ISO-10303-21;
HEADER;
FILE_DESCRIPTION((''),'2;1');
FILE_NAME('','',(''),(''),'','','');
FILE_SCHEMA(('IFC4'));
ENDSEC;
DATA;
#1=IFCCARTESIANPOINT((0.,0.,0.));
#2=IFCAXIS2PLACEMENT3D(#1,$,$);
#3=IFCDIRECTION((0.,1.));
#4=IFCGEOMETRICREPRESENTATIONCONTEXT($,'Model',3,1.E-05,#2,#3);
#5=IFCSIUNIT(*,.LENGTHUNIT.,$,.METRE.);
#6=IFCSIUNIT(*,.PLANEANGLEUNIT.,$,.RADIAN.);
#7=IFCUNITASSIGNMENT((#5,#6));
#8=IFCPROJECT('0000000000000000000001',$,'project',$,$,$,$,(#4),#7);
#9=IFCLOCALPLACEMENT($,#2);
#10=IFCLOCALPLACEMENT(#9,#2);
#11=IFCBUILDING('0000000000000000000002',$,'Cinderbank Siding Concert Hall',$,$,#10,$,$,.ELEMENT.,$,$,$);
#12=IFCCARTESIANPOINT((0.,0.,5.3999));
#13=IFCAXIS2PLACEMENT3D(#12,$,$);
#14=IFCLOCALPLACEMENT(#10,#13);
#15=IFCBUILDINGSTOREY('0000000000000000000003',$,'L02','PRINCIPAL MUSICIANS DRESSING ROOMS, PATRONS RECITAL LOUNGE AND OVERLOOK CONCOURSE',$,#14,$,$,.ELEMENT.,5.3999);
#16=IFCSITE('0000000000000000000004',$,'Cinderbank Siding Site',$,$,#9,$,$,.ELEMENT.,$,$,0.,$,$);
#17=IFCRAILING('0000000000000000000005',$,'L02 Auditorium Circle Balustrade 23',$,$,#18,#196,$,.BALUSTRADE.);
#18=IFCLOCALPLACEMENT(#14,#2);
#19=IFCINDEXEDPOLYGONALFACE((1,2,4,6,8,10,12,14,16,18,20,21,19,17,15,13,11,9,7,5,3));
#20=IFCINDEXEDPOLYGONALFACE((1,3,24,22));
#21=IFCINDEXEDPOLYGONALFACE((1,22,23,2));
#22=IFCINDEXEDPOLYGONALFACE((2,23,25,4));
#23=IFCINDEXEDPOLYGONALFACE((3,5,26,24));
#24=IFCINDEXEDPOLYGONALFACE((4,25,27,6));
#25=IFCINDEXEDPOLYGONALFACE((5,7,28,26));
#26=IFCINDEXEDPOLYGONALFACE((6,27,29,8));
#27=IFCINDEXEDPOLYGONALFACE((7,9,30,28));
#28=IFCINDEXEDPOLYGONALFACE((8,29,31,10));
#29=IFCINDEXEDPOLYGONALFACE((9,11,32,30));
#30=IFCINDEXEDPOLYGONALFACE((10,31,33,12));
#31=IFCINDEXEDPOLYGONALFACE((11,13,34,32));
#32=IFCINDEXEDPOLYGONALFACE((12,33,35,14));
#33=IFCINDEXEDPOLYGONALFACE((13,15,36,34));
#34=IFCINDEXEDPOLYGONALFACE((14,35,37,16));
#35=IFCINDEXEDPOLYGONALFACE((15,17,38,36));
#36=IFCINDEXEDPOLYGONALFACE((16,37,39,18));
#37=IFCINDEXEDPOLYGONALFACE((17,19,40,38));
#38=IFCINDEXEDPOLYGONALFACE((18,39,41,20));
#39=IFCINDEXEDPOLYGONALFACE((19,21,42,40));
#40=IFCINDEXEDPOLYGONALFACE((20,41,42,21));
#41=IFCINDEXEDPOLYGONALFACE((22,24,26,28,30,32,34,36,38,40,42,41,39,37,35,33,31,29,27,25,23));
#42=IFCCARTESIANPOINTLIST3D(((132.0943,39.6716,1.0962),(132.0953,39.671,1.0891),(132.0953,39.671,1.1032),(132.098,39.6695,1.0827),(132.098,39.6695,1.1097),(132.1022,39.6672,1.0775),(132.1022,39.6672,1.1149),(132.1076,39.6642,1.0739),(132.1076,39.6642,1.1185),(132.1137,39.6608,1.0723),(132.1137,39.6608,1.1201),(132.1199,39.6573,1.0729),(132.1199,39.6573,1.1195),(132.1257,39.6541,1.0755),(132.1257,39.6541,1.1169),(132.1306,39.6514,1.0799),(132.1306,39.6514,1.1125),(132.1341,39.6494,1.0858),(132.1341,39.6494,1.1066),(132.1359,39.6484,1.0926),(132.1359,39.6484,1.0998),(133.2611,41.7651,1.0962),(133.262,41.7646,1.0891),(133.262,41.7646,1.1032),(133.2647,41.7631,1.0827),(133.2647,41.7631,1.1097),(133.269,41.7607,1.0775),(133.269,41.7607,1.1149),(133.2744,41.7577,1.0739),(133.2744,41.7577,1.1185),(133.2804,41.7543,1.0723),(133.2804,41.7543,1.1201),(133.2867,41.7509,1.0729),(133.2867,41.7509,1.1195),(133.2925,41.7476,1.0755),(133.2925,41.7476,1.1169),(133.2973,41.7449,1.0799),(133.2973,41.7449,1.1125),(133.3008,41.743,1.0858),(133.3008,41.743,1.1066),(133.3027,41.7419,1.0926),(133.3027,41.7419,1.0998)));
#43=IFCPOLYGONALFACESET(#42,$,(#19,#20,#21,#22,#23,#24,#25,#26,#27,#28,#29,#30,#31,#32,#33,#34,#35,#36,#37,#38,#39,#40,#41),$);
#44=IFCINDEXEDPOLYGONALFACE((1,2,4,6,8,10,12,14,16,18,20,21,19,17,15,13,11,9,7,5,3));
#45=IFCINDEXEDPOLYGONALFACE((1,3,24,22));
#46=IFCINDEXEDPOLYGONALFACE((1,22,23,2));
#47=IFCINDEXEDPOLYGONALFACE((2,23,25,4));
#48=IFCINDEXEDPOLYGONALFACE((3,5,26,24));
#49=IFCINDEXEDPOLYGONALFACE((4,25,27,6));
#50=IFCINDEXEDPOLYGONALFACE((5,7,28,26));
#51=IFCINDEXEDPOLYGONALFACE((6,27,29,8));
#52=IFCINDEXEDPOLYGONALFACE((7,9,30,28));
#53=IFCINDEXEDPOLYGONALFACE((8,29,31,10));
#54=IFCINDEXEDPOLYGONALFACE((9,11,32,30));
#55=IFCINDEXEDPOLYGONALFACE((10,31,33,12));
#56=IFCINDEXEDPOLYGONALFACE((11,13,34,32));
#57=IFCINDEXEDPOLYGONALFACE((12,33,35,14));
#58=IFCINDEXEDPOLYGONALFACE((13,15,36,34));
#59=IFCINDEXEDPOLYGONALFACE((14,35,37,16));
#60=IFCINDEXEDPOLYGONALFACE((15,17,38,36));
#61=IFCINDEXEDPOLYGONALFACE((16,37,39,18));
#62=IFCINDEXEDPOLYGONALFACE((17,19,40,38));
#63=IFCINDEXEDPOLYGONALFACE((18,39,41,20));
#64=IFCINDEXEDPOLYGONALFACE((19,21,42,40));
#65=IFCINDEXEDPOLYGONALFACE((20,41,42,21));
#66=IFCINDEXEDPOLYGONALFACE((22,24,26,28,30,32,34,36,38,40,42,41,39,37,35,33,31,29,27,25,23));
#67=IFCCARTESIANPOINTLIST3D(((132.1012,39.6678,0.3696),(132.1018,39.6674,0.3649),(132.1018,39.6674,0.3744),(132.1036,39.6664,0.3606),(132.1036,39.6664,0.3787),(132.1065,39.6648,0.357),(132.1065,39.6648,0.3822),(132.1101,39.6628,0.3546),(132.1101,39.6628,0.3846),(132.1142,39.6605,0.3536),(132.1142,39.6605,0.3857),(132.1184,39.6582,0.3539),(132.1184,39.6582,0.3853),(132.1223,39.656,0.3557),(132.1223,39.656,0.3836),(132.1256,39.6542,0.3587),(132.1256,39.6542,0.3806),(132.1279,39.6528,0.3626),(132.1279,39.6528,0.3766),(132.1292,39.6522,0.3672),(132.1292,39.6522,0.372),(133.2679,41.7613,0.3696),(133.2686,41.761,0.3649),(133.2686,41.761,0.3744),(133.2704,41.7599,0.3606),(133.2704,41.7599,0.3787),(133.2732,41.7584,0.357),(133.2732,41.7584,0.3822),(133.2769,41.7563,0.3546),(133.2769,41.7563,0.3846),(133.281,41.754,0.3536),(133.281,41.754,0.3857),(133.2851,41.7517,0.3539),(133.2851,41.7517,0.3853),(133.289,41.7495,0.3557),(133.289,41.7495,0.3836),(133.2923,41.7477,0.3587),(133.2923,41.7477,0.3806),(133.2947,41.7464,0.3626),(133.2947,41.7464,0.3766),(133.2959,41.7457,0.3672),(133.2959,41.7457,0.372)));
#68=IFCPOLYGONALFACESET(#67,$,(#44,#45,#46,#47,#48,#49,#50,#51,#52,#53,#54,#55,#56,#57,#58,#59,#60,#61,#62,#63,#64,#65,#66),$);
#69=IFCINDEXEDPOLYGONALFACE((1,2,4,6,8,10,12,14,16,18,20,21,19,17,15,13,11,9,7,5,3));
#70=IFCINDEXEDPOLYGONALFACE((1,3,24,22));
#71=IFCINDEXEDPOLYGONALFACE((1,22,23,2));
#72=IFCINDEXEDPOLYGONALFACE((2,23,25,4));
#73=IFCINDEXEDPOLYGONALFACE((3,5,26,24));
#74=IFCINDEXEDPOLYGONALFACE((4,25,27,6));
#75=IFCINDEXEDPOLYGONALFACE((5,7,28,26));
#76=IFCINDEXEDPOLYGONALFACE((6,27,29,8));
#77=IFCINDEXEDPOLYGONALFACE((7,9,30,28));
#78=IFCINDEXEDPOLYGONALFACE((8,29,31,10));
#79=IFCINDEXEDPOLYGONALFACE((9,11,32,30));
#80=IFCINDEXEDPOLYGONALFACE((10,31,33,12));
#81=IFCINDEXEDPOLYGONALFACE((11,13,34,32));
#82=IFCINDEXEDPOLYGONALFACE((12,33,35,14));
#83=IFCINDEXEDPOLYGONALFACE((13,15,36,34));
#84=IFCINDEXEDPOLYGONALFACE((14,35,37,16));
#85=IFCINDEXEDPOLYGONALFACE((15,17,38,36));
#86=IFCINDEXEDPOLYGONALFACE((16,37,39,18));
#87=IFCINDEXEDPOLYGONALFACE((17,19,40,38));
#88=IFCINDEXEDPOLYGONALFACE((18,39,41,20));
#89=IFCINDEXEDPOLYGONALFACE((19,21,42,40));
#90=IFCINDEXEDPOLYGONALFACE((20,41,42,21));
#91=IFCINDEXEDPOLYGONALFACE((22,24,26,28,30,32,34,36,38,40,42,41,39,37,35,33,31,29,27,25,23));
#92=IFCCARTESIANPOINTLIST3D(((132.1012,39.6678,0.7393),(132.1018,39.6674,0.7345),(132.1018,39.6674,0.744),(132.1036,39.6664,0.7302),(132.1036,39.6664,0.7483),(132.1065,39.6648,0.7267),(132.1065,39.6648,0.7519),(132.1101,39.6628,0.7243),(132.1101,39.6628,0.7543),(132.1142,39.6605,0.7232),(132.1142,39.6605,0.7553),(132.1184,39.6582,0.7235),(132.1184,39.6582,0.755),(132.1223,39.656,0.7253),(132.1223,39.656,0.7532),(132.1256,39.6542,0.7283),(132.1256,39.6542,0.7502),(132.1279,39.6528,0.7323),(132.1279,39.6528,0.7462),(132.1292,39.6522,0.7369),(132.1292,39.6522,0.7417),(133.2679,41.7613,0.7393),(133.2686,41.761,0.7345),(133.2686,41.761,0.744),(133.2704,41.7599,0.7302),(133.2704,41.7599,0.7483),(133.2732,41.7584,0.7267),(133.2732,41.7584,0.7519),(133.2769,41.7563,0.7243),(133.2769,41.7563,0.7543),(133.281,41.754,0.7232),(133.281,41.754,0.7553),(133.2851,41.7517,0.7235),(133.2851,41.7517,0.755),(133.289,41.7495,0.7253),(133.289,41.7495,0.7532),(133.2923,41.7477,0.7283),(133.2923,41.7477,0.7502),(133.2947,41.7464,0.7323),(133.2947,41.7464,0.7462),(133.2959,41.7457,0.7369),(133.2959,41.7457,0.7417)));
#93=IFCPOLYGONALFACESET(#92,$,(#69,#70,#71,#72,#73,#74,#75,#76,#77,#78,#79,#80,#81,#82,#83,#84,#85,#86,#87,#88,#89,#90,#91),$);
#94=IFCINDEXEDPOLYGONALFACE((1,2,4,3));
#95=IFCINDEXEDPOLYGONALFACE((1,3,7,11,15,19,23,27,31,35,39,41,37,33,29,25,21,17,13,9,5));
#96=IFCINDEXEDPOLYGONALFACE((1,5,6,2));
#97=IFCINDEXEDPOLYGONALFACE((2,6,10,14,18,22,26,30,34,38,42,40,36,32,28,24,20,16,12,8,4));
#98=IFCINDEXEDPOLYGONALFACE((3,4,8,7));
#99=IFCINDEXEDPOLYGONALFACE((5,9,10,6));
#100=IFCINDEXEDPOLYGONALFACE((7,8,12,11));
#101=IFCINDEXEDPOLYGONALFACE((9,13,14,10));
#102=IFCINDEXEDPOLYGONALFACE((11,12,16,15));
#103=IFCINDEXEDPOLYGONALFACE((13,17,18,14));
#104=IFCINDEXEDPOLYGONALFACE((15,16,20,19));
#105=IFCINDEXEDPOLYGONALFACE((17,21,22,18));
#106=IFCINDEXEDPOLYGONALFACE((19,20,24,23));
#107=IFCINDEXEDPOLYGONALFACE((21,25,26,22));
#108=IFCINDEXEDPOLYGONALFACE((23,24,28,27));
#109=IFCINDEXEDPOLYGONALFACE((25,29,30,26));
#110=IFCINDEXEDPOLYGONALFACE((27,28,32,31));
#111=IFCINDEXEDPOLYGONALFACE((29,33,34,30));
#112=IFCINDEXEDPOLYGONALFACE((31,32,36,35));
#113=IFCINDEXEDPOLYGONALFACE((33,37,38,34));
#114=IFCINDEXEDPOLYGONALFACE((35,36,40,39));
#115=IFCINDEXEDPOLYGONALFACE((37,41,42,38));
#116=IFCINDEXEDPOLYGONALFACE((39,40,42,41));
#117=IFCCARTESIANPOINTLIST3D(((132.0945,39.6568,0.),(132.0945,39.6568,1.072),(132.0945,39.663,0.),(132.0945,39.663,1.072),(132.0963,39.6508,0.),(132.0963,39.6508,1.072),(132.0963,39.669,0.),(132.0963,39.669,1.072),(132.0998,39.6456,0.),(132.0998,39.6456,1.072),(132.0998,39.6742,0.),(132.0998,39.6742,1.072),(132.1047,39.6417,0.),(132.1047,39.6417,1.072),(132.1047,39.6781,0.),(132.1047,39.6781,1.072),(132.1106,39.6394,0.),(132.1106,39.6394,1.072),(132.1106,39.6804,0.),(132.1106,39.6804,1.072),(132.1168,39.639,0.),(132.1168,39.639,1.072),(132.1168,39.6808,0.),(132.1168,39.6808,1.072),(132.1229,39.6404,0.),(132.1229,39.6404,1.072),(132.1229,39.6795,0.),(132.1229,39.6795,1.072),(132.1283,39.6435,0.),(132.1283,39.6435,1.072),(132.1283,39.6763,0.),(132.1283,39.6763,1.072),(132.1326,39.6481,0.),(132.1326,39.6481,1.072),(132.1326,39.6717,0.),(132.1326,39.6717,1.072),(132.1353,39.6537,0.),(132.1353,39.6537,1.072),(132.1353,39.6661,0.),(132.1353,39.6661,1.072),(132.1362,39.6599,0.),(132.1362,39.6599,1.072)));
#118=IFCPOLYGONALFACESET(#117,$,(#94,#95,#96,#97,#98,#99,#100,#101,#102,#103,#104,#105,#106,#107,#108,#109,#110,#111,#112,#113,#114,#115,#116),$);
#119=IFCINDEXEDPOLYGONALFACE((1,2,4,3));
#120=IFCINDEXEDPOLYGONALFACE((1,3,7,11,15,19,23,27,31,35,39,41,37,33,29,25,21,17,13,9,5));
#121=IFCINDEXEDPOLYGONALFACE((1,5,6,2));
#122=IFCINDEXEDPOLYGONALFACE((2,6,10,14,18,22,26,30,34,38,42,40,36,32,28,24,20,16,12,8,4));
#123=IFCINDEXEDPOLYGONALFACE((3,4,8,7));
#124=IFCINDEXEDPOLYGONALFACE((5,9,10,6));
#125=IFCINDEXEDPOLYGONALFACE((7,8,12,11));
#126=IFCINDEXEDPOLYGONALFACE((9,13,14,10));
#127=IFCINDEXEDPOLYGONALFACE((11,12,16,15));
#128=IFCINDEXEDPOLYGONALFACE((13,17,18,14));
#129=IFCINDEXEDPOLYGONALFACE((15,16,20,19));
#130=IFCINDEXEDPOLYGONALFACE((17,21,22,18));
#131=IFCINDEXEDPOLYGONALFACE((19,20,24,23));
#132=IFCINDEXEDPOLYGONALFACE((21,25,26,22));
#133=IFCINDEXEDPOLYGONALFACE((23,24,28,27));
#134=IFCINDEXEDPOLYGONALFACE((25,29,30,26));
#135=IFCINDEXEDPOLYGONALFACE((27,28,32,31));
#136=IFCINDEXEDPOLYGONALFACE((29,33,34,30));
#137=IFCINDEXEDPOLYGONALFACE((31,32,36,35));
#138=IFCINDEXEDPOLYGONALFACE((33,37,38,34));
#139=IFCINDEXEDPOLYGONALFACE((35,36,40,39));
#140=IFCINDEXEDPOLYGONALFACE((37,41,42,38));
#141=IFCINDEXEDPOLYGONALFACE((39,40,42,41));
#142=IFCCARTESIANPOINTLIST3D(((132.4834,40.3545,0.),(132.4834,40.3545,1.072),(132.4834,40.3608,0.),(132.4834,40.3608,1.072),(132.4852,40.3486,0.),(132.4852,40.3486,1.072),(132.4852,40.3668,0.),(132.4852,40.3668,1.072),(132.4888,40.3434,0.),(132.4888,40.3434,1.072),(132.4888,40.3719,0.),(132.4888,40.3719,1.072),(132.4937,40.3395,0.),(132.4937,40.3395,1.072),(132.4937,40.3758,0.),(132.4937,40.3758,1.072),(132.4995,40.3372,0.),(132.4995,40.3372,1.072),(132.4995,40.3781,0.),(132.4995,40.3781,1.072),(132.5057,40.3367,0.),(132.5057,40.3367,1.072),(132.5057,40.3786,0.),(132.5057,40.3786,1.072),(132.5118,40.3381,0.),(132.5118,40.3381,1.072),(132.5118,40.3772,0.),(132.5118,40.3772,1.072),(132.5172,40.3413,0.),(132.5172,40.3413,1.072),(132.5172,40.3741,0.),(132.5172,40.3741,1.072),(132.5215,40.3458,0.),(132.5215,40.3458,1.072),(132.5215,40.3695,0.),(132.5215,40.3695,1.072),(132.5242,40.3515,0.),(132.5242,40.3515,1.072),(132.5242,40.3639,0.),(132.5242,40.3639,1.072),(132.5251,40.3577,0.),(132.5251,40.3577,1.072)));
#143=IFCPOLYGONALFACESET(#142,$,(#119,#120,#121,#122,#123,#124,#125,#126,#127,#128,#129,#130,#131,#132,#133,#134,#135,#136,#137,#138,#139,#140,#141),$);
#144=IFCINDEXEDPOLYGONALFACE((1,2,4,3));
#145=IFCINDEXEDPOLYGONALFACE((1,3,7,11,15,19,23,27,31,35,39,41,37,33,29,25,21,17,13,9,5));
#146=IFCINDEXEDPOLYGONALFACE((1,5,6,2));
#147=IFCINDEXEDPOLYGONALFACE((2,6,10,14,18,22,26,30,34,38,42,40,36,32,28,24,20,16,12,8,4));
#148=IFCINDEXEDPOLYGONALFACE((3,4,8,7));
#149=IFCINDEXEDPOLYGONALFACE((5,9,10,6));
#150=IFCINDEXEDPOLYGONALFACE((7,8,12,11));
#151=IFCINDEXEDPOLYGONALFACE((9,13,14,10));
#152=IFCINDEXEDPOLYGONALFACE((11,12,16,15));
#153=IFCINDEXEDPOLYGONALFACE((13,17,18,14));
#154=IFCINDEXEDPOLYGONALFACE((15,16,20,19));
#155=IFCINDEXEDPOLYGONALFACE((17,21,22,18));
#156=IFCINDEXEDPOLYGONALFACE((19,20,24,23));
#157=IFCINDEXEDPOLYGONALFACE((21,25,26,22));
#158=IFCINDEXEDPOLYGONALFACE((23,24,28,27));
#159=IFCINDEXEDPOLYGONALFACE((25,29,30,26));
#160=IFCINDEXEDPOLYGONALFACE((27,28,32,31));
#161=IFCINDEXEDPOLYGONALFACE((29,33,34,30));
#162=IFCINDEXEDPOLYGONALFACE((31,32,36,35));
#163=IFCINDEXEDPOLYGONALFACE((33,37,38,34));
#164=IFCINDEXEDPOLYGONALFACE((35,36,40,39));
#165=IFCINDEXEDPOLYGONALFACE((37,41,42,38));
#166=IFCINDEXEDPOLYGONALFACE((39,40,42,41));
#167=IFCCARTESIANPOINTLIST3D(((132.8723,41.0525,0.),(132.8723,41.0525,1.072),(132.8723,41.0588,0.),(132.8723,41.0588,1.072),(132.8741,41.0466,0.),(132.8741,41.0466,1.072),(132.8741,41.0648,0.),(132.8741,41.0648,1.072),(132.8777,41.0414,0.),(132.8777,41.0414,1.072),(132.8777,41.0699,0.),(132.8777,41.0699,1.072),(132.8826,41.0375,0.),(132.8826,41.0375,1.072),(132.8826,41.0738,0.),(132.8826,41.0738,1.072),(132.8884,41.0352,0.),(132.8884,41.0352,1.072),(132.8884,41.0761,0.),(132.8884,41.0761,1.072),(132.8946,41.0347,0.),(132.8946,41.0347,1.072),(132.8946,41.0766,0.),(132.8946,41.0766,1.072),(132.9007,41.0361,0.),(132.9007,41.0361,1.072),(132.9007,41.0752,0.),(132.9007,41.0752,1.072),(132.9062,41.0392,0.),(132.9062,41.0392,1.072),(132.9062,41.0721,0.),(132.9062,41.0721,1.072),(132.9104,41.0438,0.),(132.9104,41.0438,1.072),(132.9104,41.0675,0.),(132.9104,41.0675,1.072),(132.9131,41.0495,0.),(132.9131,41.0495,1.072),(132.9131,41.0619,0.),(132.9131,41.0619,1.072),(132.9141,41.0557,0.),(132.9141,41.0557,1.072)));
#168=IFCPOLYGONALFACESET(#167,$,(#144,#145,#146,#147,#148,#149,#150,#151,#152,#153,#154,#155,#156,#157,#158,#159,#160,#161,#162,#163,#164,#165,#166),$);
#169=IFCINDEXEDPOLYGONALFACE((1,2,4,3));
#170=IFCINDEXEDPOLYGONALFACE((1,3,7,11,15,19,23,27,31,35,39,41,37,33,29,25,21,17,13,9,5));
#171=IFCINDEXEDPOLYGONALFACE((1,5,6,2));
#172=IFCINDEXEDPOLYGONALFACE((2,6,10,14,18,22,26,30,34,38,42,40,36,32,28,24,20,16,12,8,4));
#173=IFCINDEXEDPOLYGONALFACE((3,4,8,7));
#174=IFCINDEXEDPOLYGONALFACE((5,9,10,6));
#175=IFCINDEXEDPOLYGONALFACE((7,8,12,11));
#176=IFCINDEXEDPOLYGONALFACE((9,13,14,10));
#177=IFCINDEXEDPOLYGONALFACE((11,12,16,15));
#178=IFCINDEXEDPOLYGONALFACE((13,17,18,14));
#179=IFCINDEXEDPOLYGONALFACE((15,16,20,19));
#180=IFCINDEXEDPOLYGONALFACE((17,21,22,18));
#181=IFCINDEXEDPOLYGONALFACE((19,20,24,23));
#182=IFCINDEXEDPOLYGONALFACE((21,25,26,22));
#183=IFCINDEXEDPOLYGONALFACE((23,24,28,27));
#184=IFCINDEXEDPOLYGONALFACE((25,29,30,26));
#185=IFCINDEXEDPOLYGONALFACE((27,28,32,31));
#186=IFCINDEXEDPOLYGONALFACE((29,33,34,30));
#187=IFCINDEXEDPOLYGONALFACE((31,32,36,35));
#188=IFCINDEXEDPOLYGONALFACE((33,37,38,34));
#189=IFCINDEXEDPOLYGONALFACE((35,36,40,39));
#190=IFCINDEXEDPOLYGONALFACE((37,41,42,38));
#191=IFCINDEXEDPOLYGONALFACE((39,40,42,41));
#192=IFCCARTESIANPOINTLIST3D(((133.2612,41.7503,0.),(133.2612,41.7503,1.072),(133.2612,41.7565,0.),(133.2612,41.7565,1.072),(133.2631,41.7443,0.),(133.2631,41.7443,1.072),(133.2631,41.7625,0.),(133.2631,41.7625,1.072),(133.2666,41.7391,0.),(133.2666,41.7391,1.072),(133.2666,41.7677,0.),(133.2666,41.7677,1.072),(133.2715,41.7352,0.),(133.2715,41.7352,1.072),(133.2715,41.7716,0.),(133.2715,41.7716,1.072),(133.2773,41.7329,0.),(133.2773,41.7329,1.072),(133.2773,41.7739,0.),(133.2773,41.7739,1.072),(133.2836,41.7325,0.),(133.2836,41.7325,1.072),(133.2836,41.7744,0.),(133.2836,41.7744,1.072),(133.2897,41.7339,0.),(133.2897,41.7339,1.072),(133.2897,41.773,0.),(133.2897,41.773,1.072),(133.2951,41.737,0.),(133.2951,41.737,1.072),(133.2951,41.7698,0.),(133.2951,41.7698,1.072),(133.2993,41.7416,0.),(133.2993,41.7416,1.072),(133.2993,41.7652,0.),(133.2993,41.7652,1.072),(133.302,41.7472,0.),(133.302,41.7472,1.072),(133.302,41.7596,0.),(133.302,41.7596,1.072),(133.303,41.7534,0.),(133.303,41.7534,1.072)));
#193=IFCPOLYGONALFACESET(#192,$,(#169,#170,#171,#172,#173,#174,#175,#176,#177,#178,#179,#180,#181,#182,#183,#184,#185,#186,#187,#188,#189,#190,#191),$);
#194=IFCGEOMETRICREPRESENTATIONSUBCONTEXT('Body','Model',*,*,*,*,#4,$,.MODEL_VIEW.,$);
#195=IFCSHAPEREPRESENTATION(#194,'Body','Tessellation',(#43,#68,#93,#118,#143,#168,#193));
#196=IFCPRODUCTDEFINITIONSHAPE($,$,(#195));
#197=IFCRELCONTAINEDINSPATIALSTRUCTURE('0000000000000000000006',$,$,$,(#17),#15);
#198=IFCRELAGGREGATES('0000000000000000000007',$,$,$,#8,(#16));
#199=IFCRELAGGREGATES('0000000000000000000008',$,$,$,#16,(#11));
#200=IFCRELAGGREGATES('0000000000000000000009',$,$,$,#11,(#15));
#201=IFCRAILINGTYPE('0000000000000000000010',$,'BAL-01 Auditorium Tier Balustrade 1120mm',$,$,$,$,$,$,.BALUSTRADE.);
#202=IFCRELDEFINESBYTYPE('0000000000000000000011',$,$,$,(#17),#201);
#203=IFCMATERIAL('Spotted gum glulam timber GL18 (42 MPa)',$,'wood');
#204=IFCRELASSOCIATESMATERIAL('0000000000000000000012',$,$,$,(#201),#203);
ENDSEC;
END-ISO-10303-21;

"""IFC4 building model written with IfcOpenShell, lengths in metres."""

from ifc_helpers import new_model, si_unit, direction, frame, origin, origin_2d, place, context, subcontext, project, spatial, circle, extrude, material, type_object, element, save


model = new_model("IFC4")

# Units and contexts
model_context = context("Model", 3, precision=1e-05, world=origin(), true_north=direction((0.0, 1.0)))
body_context = subcontext(model_context, "Body", "Model", "MODEL_VIEW")
ifc_project = project(units=[si_unit("LENGTHUNIT", "METRE"), si_unit("PLANEANGLEUNIT", "RADIAN")], contexts=[model_context])

# Site, building, storey
site_placement = place(None, origin())
site = spatial("IfcSite", under=ifc_project, at=site_placement, Name="Cinderbank Siding Site", CompositionType="ELEMENT", RefElevation=0.0)
building_placement = place(site_placement, origin())
building = spatial("IfcBuilding", under=site, at=building_placement, Name="Cinderbank Siding Concert Hall", CompositionType="ELEMENT")
storey_placement = place(building_placement, frame((0.0, 0.0, 5.3999)))
storey = spatial("IfcBuildingStorey", under=building, at=storey_placement, Name="L02", Description="PRINCIPAL MUSICIANS DRESSING ROOMS, PATRONS RECITAL LOUNGE AND OVERLOOK CONCOURSE", CompositionType="ELEMENT", Elevation=5.3999)

# Railing
ifc_material_1 = material(Name="Spotted gum glulam timber GL18 (42 MPa)", Category="wood")
railing_type = type_object("IfcRailingType", Name="BAL-01 Auditorium Tier Balustrade 1120mm", PredefinedType="BALUSTRADE", material=ifc_material_1)
railing_1_placement = place(storey_placement, frame((132.1152, 39.6599, 0.0)))
element("IfcRailing", 1, at=railing_1_placement, inside=storey, type_object=railing_type, Name="L02 Auditorium Circle Balustrade 23", PredefinedType="BALUSTRADE", context=body_context, shape_type="SweptSolid", body=[
    extrude(circle(Radius=0.0239, at=origin_2d()), frame((0.0, 0.0, 1.0962), z_axis=(0.486819, 0.873503, 0.0), x_axis=(-0.873503, 0.486819, 0.0)), (0.0, 0.0, 1.0), 2.3967),
    extrude(circle(Radius=0.0161, at=origin_2d()), frame((0.0, 0.0, 0.3696), z_axis=(0.486819, 0.873503, 0.0), x_axis=(-0.873503, 0.486819, 0.0)), (0.0, 0.0, 1.0), 2.3967),
    extrude(circle(Radius=0.0161, at=origin_2d()), frame((0.0, 0.0, 0.7393), z_axis=(0.486819, 0.873503, 0.0), x_axis=(-0.873503, 0.486819, 0.0)), (0.0, 0.0, 1.0), 2.3967),
    extrude(circle(Radius=0.021, at=origin_2d()), origin(), (0.0, 0.0, 1.0), 1.072),
    extrude(circle(Radius=0.021, at=origin_2d()), frame((0.3889, 0.6978, 0.0)), (0.0, 0.0, 1.0), 1.072),
    extrude(circle(Radius=0.021, at=origin_2d()), frame((0.7778, 1.3958, 0.0)), (0.0, 0.0, 1.0), 1.072),
    extrude(circle(Radius=0.021, at=origin_2d()), frame((1.1667, 2.0935, 0.0)), (0.0, 0.0, 1.0), 1.072),
])

save(model, "model.ifc")
